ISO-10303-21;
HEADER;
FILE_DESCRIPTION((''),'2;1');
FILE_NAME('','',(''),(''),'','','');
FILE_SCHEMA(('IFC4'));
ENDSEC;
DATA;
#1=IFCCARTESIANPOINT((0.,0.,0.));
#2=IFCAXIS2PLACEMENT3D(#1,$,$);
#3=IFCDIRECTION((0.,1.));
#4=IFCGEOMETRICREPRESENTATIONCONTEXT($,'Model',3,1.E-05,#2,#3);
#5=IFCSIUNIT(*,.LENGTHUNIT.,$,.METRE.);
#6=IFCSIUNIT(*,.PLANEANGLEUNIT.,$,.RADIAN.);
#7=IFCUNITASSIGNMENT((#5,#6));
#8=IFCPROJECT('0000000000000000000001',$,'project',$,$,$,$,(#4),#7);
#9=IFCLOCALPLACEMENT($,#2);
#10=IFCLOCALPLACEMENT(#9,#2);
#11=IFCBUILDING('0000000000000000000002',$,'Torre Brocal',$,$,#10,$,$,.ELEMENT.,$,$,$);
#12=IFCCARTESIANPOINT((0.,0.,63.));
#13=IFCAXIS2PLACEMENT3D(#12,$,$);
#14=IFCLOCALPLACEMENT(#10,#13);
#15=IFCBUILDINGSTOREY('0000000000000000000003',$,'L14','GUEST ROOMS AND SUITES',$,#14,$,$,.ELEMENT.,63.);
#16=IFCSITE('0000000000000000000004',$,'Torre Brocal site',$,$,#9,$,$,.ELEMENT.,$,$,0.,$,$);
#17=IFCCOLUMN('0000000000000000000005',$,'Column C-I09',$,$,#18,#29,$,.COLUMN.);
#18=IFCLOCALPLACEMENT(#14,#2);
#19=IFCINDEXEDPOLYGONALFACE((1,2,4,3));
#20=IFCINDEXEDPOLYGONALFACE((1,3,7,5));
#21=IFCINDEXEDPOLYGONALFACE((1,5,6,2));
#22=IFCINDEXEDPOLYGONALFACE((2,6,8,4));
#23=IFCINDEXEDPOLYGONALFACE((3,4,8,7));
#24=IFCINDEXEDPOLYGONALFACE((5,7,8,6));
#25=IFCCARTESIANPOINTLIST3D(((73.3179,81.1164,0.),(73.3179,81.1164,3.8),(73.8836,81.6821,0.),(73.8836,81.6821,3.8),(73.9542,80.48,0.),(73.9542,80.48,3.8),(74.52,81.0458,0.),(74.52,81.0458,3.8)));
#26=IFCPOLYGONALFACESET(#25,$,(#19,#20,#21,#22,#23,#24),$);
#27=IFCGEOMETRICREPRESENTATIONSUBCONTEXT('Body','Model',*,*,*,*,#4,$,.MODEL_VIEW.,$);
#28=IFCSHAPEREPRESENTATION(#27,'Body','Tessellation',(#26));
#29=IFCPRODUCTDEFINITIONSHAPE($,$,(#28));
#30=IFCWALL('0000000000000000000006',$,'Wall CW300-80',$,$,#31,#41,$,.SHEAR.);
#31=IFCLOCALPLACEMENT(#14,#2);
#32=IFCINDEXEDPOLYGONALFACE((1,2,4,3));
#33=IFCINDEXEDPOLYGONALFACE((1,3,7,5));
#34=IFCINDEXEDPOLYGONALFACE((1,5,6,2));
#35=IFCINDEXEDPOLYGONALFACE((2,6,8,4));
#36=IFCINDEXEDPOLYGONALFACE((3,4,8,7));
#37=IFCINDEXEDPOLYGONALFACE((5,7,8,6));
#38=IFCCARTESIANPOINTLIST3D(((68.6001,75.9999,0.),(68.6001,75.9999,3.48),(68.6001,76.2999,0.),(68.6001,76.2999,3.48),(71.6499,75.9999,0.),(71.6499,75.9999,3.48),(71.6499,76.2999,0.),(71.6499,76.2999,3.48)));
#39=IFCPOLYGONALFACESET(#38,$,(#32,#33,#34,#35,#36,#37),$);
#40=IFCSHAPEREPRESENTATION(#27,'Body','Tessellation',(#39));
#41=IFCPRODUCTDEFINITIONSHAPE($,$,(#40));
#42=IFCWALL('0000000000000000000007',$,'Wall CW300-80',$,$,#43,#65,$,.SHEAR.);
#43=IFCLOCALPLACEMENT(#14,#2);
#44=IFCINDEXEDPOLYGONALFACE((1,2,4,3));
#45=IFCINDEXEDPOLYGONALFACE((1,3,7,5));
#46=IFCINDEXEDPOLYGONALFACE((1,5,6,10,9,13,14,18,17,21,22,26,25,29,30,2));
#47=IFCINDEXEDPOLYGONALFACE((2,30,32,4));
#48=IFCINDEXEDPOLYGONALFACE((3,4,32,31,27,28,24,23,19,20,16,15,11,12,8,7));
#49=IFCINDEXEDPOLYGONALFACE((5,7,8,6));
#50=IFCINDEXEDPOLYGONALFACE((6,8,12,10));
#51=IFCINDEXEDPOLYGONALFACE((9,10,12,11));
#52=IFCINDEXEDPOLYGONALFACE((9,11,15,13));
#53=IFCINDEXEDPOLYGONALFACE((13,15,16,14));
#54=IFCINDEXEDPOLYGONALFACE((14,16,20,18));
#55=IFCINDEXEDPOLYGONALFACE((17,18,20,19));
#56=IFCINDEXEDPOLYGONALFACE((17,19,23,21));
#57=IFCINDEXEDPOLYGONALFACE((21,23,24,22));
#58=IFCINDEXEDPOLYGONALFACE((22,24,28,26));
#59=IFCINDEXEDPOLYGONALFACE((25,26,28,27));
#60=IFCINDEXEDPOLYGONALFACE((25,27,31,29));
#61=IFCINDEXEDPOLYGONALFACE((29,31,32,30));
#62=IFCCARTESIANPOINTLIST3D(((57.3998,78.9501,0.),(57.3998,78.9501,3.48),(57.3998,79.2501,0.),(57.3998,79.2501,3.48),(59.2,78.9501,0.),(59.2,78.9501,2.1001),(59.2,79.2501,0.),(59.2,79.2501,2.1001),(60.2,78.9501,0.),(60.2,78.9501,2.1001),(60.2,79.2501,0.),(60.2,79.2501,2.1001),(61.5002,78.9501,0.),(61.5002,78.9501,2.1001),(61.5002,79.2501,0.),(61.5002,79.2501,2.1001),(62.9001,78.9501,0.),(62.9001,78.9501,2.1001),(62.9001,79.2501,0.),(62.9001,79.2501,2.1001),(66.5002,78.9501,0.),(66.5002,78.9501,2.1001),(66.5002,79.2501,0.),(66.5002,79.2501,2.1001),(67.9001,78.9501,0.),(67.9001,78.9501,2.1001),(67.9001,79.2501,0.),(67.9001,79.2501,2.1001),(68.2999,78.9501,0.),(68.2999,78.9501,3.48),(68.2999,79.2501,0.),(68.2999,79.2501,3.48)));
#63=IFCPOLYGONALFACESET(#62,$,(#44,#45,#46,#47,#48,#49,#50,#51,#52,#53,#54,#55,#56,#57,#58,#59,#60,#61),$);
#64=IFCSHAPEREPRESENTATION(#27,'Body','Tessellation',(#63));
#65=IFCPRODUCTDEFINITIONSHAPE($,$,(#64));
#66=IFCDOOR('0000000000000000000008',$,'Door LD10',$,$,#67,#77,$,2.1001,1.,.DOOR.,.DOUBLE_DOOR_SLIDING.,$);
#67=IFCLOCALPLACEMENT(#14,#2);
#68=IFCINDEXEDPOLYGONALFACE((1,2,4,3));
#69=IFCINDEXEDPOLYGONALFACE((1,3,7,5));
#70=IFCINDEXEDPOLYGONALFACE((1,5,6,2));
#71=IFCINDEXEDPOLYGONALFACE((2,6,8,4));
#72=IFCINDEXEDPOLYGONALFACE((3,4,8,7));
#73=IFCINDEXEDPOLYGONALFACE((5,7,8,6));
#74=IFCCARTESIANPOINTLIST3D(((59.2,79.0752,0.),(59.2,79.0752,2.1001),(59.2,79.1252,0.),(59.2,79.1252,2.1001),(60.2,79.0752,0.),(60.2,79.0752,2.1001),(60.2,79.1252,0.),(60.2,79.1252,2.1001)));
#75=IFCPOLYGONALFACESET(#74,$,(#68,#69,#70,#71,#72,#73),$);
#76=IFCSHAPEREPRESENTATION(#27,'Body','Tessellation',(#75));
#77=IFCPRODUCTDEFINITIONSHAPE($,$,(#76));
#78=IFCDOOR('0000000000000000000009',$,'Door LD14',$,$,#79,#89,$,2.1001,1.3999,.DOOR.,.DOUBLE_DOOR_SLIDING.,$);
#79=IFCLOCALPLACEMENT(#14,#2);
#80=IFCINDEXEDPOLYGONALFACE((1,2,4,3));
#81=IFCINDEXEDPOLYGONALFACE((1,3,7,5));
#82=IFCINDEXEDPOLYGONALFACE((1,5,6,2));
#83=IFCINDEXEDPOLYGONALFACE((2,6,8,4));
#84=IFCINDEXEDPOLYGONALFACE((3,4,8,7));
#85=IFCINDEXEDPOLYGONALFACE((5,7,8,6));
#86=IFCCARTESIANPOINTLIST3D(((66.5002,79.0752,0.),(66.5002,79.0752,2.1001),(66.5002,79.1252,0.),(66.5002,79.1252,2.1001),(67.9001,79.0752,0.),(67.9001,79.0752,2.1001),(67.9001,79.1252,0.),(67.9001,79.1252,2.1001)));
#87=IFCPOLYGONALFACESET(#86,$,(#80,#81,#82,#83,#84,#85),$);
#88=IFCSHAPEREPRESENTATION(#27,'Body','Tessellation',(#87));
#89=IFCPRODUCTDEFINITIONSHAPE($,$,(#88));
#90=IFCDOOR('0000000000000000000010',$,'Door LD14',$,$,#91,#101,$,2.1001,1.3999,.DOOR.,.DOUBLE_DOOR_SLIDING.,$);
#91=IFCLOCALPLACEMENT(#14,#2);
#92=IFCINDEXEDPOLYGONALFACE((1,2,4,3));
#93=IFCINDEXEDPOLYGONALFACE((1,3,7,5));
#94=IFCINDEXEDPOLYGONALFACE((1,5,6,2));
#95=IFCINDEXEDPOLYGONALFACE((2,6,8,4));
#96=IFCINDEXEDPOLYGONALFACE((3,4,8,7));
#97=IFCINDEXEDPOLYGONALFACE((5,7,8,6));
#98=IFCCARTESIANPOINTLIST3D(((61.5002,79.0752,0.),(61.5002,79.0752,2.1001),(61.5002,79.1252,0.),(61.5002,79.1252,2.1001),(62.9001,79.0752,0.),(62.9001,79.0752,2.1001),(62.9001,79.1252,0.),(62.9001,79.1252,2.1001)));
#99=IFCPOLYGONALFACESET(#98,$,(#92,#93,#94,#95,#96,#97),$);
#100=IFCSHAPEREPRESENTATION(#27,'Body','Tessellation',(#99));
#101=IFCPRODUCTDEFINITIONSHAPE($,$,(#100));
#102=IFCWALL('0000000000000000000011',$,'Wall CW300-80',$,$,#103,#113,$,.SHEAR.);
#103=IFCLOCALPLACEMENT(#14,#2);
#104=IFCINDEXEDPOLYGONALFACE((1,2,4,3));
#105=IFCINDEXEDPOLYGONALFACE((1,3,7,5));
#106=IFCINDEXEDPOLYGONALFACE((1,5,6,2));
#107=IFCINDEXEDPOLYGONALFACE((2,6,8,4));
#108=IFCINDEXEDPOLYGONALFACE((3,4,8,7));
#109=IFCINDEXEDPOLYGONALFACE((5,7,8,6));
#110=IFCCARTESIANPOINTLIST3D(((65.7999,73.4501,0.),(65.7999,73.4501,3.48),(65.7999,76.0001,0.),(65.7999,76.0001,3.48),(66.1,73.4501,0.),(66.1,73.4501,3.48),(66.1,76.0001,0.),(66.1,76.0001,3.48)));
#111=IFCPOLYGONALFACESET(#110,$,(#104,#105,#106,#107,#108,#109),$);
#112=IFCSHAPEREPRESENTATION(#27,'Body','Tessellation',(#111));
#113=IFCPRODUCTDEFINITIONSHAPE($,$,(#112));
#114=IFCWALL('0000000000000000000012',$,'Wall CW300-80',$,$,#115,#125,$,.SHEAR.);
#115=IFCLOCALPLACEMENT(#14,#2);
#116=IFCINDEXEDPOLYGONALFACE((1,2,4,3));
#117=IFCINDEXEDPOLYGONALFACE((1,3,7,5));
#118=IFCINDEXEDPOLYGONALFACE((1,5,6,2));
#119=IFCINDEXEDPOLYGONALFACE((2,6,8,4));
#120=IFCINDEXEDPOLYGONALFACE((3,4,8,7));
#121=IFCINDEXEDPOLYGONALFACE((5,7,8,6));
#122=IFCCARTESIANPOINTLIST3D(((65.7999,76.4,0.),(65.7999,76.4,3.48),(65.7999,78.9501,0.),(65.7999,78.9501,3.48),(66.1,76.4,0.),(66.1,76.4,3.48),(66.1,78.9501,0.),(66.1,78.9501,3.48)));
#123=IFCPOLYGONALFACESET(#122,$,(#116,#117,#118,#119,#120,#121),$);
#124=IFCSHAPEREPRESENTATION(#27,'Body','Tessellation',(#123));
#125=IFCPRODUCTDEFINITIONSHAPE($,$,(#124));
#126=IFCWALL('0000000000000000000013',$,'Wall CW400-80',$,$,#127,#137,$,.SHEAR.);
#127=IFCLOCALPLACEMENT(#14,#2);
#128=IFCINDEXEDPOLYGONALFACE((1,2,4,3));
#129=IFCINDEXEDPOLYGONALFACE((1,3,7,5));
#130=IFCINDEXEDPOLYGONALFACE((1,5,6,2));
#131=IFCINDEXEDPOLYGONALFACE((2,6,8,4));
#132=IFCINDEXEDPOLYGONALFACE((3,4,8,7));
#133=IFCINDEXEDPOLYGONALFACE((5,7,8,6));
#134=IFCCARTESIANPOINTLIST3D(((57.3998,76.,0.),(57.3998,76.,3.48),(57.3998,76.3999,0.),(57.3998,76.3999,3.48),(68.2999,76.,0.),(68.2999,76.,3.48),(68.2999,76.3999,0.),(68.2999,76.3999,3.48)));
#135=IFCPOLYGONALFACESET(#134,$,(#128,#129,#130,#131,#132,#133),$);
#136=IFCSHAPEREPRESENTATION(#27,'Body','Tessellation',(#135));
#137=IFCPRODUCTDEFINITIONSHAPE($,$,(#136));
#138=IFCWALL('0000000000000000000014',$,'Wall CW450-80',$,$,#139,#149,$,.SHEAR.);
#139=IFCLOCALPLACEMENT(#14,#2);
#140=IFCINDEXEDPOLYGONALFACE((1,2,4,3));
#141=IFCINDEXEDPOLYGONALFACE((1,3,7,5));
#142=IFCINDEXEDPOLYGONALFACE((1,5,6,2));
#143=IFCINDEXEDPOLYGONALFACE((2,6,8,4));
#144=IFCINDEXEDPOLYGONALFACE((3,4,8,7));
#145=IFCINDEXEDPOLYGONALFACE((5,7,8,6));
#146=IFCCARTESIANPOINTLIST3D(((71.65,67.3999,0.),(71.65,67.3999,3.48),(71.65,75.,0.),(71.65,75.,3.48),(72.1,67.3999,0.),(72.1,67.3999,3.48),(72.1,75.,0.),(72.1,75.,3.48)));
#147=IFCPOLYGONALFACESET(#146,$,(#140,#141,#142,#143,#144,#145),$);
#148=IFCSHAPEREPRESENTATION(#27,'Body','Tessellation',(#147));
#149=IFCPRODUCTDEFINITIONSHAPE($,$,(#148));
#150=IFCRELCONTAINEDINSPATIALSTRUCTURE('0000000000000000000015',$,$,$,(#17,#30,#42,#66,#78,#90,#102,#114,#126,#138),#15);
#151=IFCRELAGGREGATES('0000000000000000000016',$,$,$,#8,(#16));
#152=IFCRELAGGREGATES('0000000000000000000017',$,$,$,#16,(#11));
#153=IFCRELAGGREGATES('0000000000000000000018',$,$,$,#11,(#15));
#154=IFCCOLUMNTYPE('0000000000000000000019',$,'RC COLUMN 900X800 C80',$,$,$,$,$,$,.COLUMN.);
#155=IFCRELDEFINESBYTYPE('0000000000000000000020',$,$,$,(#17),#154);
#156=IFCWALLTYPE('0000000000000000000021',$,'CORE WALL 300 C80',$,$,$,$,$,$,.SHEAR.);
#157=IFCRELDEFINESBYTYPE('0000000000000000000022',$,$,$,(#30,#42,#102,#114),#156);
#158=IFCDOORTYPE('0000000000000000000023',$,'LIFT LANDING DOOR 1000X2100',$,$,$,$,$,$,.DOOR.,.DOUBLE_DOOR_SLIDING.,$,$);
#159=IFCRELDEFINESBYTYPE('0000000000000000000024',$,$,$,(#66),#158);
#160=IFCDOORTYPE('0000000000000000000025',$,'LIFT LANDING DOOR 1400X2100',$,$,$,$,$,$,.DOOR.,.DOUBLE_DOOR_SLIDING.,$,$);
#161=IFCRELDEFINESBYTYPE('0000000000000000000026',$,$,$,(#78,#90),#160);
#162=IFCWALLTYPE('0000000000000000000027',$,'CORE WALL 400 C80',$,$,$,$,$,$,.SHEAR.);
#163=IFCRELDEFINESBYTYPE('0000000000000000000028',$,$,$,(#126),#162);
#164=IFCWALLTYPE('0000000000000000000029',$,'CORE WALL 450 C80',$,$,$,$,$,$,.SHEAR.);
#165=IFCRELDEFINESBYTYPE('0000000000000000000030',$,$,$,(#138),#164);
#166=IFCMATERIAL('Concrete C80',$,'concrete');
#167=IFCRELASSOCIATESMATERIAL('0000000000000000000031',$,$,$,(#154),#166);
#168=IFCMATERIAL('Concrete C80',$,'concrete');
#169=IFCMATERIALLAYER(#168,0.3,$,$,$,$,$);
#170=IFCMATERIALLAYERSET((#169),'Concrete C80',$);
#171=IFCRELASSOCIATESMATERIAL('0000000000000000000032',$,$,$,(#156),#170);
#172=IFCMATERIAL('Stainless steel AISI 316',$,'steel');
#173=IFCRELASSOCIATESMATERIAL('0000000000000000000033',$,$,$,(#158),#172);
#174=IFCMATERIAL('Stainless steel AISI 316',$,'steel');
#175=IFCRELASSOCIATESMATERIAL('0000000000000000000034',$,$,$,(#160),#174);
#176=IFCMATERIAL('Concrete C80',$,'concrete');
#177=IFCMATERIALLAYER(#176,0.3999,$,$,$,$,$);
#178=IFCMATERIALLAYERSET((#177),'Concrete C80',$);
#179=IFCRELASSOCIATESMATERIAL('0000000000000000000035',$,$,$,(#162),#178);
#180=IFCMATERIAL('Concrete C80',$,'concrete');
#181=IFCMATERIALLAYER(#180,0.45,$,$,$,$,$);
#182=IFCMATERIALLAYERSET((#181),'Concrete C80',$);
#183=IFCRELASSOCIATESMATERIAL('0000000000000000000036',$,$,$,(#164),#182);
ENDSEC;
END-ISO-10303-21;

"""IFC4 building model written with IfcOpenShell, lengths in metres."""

from ifc_helpers import new_model, si_unit, direction, frame, frame_2d, origin, origin_2d, place, context, subcontext, project, spatial, rectangle, extrude, material, layer, layer_set, material_profile, profile_set, type_object, element, fill, save


model = new_model("IFC4")

# Units and contexts
model_context = context("Model", 3, precision=1e-05, world=origin(), true_north=direction((0.0, 1.0)))
body_context = subcontext(model_context, "Body", "Model", "MODEL_VIEW")
ifc_project = project(units=[si_unit("LENGTHUNIT", "METRE"), si_unit("PLANEANGLEUNIT", "RADIAN")], contexts=[model_context])

# Site, building, storey
site_placement = place(None, origin())
site = spatial("IfcSite", under=ifc_project, at=site_placement, Name="Torre Brocal site", CompositionType="ELEMENT", RefElevation=0.0)
building_placement = place(site_placement, origin())
building = spatial("IfcBuilding", under=site, at=building_placement, Name="Torre Brocal", CompositionType="ELEMENT")
storey_placement = place(building_placement, frame((0.0, 0.0, 63.0)))
storey = spatial("IfcBuildingStorey", under=building, at=storey_placement, Name="L14", Description="GUEST ROOMS AND SUITES", CompositionType="ELEMENT", Elevation=63.0)

# Column
ifc_material_1 = material(Name="Concrete C80", Category="concrete")
ifc_material_profile = material_profile(ifc_material_1, rectangle(XDim=0.8999, YDim=0.8, at=origin_2d()), Name="RC 900X800")
ifc_profile_set = profile_set([ifc_material_profile], Name="Concrete C80")
column_type = type_object("IfcColumnType", Name="RC COLUMN 900X800 C80", PredefinedType="COLUMN", material=ifc_profile_set)
column_placement = place(storey_placement, frame((73.9189, 81.0811, 0.0), z_axis=(0.0, 0.0, 1.0), x_axis=(-0.707107, 0.707107, 0.0)))
element("IfcColumn", 1, at=column_placement, inside=storey, type_object=column_type, Name="Column C-I09", PredefinedType="COLUMN", context=body_context, shape_type="SweptSolid", body=[
    extrude(rectangle(XDim=0.8999, YDim=0.8, at=origin_2d()), origin(), (0.0, 0.0, 1.0), 3.8),
])

# Wall
ifc_material_2 = material(Name="Concrete C80", Category="concrete")
ifc_layer_1 = layer(ifc_material_2, 0.3)
ifc_layer_set_1 = layer_set([ifc_layer_1], Name="Concrete C80")
wall_type_1 = type_object("IfcWallType", Name="CORE WALL 300 C80", PredefinedType="SHEAR", material=ifc_layer_set_1)
wall_1_placement = place(storey_placement, frame((71.6499, 76.1499, 0.0), z_axis=(0.0, 0.0, 1.0), x_axis=(-1.0, 0.0, 0.0)))
element("IfcWall", 2, at=wall_1_placement, inside=storey, type_object=wall_type_1, Name="Wall CW300-80", PredefinedType="SHEAR", context=body_context, shape_type="SweptSolid", body=[
    extrude(rectangle(XDim=3.0498, YDim=0.3, at=frame_2d((1.5249, 0.0))), origin(), (0.0, 0.0, 1.0), 3.48),
])

# Wall, openings, doors
wall_2_placement = place(storey_placement, frame((68.3, 79.1001, 0.0), z_axis=(0.0, 0.0, 1.0), x_axis=(-1.0, 0.0, 0.0)))
wall_2 = element("IfcWall", 3, at=wall_2_placement, inside=storey, type_object=wall_type_1, Name="Wall CW300-80", PredefinedType="SHEAR", context=body_context, shape_type="SweptSolid", body=[
    extrude(rectangle(XDim=10.9001, YDim=0.3, at=frame_2d((5.4502, 0.0))), origin(), (0.0, 0.0, 1.0), 3.48),
])
opening_1_placement = place(wall_2_placement, frame((0.3999, 0.0, 0.0)))
opening_1 = element("IfcOpeningElement", 4, at=opening_1_placement, cuts=wall_2, PredefinedType="OPENING", context=body_context, shape_type="SweptSolid", body=[
    extrude(rectangle(XDim=1.3999, YDim=2.1001, at=frame_2d((0.7, 1.05))), frame((0.0, 0.1599, 0.0), z_axis=(0.0, -1.0, 0.0), x_axis=(1.0, 0.0, 0.0)), (0.0, 0.0, 1.0), 0.3201),
])
opening_2_placement = place(wall_2_placement, frame((5.3999, 0.0, 0.0)))
opening_2 = element("IfcOpeningElement", 5, at=opening_2_placement, cuts=wall_2, PredefinedType="OPENING", context=body_context, shape_type="SweptSolid", body=[
    extrude(rectangle(XDim=1.3999, YDim=2.1001, at=frame_2d((0.7, 1.05))), frame((0.0, 0.1599, 0.0), z_axis=(0.0, -1.0, 0.0), x_axis=(1.0, 0.0, 0.0)), (0.0, 0.0, 1.0), 0.3201),
])
opening_3_placement = place(wall_2_placement, frame((8.1001, 0.0, 0.0)))
opening_3 = element("IfcOpeningElement", 6, at=opening_3_placement, cuts=wall_2, PredefinedType="OPENING", context=body_context, shape_type="SweptSolid", body=[
    extrude(rectangle(XDim=1.0, YDim=2.1001, at=frame_2d((0.5, 1.05))), frame((0.0, 0.1599, 0.0), z_axis=(0.0, -1.0, 0.0), x_axis=(1.0, 0.0, 0.0)), (0.0, 0.0, 1.0), 0.3201),
])
ifc_material_3 = material(Name="Stainless steel AISI 316", Category="steel")
door_type_1 = type_object("IfcDoorType", Name="LIFT LANDING DOOR 1000X2100", OperationType="DOUBLE_DOOR_SLIDING", PredefinedType="DOOR", material=ifc_material_3)
door_1_placement = place(opening_3_placement, origin())
door_1 = element("IfcDoor", 7, at=door_1_placement, inside=storey, type_object=door_type_1, Name="Door LD10", OperationType="DOUBLE_DOOR_SLIDING", OverallHeight=2.1001, OverallWidth=1.0, PredefinedType="DOOR", context=body_context, shape_type="SweptSolid", body=[
    extrude(rectangle(XDim=1.0, YDim=2.1001, at=frame_2d((0.5, 1.05))), frame((0.0, 0.0249, 0.0), z_axis=(0.0, -1.0, 0.0), x_axis=(1.0, 0.0, 0.0)), (0.0, 0.0, 1.0), 0.05),
])
fill(opening_3, door_1)
ifc_material_4 = material(Name="Stainless steel AISI 316", Category="steel")
door_type_2 = type_object("IfcDoorType", Name="LIFT LANDING DOOR 1400X2100", OperationType="DOUBLE_DOOR_SLIDING", PredefinedType="DOOR", material=ifc_material_4)
door_2_placement = place(opening_1_placement, origin())
door_2 = element("IfcDoor", 8, at=door_2_placement, inside=storey, type_object=door_type_2, Name="Door LD14", OperationType="DOUBLE_DOOR_SLIDING", OverallHeight=2.1001, OverallWidth=1.3999, PredefinedType="DOOR", context=body_context, shape_type="SweptSolid", body=[
    extrude(rectangle(XDim=1.3999, YDim=2.1001, at=frame_2d((0.7, 1.05))), frame((0.0, 0.0249, 0.0), z_axis=(0.0, -1.0, 0.0), x_axis=(1.0, 0.0, 0.0)), (0.0, 0.0, 1.0), 0.05),
])
fill(opening_1, door_2)
door_3_placement = place(opening_2_placement, origin())
door_3 = element("IfcDoor", 9, at=door_3_placement, inside=storey, type_object=door_type_2, Name="Door LD14", OperationType="DOUBLE_DOOR_SLIDING", OverallHeight=2.1001, OverallWidth=1.3999, PredefinedType="DOOR", context=body_context, shape_type="SweptSolid", body=[
    extrude(rectangle(XDim=1.3999, YDim=2.1001, at=frame_2d((0.7, 1.05))), frame((0.0, 0.0249, 0.0), z_axis=(0.0, -1.0, 0.0), x_axis=(1.0, 0.0, 0.0)), (0.0, 0.0, 1.0), 0.05),
])
fill(opening_2, door_3)

# Walls
for number, where, z_axis, x_axis, name in (
    (10, (65.95, 76.0, 0.0), (0.0, 0.0, 1.0), (0.0, -1.0, 0.0), "Wall CW300-80"),
    (11, (65.95, 78.95, 0.0), (0.0, 0.0, 1.0), (0.0, -1.0, 0.0), "Wall CW300-80"),
):
    element("IfcWall", number, at=place(storey_placement, frame(where, z_axis=z_axis, x_axis=x_axis)), inside=storey, type_object=wall_type_1, Name=name, PredefinedType="SHEAR", context=body_context, shape_type="SweptSolid", body=[
        extrude(rectangle(XDim=2.55, YDim=0.3, at=frame_2d((1.2749, 0.0))), origin(), (0.0, 0.0, 1.0), 3.48),
    ])
ifc_material_5 = material(Name="Concrete C80", Category="concrete")
ifc_layer_2 = layer(ifc_material_5, 0.3999)
ifc_layer_set_2 = layer_set([ifc_layer_2], Name="Concrete C80")
wall_type_2 = type_object("IfcWallType", Name="CORE WALL 400 C80", PredefinedType="SHEAR", material=ifc_layer_set_2)
wall_3_placement = place(storey_placement, frame((68.3, 76.2, 0.0), z_axis=(0.0, 0.0, 1.0), x_axis=(-1.0, 0.0, 0.0)))
element("IfcWall", 12, at=wall_3_placement, inside=storey, type_object=wall_type_2, Name="Wall CW400-80", PredefinedType="SHEAR", context=body_context, shape_type="SweptSolid", body=[
    extrude(rectangle(XDim=10.9001, YDim=0.3999, at=frame_2d((5.4502, 0.0))), origin(), (0.0, 0.0, 1.0), 3.48),
])
ifc_material_6 = material(Name="Concrete C80", Category="concrete")
ifc_layer_3 = layer(ifc_material_6, 0.45)
ifc_layer_set_3 = layer_set([ifc_layer_3], Name="Concrete C80")
wall_type_3 = type_object("IfcWallType", Name="CORE WALL 450 C80", PredefinedType="SHEAR", material=ifc_layer_set_3)
wall_4_placement = place(storey_placement, frame((71.875, 75.0, 0.0), z_axis=(0.0, 0.0, 1.0), x_axis=(0.0, -1.0, 0.0)))
element("IfcWall", 13, at=wall_4_placement, inside=storey, type_object=wall_type_3, Name="Wall CW450-80", PredefinedType="SHEAR", context=body_context, shape_type="SweptSolid", body=[
    extrude(rectangle(XDim=7.6001, YDim=0.45, at=frame_2d((3.8, 0.0))), origin(), (0.0, 0.0, 1.0), 3.48),
])

save(model, "model.ifc")
